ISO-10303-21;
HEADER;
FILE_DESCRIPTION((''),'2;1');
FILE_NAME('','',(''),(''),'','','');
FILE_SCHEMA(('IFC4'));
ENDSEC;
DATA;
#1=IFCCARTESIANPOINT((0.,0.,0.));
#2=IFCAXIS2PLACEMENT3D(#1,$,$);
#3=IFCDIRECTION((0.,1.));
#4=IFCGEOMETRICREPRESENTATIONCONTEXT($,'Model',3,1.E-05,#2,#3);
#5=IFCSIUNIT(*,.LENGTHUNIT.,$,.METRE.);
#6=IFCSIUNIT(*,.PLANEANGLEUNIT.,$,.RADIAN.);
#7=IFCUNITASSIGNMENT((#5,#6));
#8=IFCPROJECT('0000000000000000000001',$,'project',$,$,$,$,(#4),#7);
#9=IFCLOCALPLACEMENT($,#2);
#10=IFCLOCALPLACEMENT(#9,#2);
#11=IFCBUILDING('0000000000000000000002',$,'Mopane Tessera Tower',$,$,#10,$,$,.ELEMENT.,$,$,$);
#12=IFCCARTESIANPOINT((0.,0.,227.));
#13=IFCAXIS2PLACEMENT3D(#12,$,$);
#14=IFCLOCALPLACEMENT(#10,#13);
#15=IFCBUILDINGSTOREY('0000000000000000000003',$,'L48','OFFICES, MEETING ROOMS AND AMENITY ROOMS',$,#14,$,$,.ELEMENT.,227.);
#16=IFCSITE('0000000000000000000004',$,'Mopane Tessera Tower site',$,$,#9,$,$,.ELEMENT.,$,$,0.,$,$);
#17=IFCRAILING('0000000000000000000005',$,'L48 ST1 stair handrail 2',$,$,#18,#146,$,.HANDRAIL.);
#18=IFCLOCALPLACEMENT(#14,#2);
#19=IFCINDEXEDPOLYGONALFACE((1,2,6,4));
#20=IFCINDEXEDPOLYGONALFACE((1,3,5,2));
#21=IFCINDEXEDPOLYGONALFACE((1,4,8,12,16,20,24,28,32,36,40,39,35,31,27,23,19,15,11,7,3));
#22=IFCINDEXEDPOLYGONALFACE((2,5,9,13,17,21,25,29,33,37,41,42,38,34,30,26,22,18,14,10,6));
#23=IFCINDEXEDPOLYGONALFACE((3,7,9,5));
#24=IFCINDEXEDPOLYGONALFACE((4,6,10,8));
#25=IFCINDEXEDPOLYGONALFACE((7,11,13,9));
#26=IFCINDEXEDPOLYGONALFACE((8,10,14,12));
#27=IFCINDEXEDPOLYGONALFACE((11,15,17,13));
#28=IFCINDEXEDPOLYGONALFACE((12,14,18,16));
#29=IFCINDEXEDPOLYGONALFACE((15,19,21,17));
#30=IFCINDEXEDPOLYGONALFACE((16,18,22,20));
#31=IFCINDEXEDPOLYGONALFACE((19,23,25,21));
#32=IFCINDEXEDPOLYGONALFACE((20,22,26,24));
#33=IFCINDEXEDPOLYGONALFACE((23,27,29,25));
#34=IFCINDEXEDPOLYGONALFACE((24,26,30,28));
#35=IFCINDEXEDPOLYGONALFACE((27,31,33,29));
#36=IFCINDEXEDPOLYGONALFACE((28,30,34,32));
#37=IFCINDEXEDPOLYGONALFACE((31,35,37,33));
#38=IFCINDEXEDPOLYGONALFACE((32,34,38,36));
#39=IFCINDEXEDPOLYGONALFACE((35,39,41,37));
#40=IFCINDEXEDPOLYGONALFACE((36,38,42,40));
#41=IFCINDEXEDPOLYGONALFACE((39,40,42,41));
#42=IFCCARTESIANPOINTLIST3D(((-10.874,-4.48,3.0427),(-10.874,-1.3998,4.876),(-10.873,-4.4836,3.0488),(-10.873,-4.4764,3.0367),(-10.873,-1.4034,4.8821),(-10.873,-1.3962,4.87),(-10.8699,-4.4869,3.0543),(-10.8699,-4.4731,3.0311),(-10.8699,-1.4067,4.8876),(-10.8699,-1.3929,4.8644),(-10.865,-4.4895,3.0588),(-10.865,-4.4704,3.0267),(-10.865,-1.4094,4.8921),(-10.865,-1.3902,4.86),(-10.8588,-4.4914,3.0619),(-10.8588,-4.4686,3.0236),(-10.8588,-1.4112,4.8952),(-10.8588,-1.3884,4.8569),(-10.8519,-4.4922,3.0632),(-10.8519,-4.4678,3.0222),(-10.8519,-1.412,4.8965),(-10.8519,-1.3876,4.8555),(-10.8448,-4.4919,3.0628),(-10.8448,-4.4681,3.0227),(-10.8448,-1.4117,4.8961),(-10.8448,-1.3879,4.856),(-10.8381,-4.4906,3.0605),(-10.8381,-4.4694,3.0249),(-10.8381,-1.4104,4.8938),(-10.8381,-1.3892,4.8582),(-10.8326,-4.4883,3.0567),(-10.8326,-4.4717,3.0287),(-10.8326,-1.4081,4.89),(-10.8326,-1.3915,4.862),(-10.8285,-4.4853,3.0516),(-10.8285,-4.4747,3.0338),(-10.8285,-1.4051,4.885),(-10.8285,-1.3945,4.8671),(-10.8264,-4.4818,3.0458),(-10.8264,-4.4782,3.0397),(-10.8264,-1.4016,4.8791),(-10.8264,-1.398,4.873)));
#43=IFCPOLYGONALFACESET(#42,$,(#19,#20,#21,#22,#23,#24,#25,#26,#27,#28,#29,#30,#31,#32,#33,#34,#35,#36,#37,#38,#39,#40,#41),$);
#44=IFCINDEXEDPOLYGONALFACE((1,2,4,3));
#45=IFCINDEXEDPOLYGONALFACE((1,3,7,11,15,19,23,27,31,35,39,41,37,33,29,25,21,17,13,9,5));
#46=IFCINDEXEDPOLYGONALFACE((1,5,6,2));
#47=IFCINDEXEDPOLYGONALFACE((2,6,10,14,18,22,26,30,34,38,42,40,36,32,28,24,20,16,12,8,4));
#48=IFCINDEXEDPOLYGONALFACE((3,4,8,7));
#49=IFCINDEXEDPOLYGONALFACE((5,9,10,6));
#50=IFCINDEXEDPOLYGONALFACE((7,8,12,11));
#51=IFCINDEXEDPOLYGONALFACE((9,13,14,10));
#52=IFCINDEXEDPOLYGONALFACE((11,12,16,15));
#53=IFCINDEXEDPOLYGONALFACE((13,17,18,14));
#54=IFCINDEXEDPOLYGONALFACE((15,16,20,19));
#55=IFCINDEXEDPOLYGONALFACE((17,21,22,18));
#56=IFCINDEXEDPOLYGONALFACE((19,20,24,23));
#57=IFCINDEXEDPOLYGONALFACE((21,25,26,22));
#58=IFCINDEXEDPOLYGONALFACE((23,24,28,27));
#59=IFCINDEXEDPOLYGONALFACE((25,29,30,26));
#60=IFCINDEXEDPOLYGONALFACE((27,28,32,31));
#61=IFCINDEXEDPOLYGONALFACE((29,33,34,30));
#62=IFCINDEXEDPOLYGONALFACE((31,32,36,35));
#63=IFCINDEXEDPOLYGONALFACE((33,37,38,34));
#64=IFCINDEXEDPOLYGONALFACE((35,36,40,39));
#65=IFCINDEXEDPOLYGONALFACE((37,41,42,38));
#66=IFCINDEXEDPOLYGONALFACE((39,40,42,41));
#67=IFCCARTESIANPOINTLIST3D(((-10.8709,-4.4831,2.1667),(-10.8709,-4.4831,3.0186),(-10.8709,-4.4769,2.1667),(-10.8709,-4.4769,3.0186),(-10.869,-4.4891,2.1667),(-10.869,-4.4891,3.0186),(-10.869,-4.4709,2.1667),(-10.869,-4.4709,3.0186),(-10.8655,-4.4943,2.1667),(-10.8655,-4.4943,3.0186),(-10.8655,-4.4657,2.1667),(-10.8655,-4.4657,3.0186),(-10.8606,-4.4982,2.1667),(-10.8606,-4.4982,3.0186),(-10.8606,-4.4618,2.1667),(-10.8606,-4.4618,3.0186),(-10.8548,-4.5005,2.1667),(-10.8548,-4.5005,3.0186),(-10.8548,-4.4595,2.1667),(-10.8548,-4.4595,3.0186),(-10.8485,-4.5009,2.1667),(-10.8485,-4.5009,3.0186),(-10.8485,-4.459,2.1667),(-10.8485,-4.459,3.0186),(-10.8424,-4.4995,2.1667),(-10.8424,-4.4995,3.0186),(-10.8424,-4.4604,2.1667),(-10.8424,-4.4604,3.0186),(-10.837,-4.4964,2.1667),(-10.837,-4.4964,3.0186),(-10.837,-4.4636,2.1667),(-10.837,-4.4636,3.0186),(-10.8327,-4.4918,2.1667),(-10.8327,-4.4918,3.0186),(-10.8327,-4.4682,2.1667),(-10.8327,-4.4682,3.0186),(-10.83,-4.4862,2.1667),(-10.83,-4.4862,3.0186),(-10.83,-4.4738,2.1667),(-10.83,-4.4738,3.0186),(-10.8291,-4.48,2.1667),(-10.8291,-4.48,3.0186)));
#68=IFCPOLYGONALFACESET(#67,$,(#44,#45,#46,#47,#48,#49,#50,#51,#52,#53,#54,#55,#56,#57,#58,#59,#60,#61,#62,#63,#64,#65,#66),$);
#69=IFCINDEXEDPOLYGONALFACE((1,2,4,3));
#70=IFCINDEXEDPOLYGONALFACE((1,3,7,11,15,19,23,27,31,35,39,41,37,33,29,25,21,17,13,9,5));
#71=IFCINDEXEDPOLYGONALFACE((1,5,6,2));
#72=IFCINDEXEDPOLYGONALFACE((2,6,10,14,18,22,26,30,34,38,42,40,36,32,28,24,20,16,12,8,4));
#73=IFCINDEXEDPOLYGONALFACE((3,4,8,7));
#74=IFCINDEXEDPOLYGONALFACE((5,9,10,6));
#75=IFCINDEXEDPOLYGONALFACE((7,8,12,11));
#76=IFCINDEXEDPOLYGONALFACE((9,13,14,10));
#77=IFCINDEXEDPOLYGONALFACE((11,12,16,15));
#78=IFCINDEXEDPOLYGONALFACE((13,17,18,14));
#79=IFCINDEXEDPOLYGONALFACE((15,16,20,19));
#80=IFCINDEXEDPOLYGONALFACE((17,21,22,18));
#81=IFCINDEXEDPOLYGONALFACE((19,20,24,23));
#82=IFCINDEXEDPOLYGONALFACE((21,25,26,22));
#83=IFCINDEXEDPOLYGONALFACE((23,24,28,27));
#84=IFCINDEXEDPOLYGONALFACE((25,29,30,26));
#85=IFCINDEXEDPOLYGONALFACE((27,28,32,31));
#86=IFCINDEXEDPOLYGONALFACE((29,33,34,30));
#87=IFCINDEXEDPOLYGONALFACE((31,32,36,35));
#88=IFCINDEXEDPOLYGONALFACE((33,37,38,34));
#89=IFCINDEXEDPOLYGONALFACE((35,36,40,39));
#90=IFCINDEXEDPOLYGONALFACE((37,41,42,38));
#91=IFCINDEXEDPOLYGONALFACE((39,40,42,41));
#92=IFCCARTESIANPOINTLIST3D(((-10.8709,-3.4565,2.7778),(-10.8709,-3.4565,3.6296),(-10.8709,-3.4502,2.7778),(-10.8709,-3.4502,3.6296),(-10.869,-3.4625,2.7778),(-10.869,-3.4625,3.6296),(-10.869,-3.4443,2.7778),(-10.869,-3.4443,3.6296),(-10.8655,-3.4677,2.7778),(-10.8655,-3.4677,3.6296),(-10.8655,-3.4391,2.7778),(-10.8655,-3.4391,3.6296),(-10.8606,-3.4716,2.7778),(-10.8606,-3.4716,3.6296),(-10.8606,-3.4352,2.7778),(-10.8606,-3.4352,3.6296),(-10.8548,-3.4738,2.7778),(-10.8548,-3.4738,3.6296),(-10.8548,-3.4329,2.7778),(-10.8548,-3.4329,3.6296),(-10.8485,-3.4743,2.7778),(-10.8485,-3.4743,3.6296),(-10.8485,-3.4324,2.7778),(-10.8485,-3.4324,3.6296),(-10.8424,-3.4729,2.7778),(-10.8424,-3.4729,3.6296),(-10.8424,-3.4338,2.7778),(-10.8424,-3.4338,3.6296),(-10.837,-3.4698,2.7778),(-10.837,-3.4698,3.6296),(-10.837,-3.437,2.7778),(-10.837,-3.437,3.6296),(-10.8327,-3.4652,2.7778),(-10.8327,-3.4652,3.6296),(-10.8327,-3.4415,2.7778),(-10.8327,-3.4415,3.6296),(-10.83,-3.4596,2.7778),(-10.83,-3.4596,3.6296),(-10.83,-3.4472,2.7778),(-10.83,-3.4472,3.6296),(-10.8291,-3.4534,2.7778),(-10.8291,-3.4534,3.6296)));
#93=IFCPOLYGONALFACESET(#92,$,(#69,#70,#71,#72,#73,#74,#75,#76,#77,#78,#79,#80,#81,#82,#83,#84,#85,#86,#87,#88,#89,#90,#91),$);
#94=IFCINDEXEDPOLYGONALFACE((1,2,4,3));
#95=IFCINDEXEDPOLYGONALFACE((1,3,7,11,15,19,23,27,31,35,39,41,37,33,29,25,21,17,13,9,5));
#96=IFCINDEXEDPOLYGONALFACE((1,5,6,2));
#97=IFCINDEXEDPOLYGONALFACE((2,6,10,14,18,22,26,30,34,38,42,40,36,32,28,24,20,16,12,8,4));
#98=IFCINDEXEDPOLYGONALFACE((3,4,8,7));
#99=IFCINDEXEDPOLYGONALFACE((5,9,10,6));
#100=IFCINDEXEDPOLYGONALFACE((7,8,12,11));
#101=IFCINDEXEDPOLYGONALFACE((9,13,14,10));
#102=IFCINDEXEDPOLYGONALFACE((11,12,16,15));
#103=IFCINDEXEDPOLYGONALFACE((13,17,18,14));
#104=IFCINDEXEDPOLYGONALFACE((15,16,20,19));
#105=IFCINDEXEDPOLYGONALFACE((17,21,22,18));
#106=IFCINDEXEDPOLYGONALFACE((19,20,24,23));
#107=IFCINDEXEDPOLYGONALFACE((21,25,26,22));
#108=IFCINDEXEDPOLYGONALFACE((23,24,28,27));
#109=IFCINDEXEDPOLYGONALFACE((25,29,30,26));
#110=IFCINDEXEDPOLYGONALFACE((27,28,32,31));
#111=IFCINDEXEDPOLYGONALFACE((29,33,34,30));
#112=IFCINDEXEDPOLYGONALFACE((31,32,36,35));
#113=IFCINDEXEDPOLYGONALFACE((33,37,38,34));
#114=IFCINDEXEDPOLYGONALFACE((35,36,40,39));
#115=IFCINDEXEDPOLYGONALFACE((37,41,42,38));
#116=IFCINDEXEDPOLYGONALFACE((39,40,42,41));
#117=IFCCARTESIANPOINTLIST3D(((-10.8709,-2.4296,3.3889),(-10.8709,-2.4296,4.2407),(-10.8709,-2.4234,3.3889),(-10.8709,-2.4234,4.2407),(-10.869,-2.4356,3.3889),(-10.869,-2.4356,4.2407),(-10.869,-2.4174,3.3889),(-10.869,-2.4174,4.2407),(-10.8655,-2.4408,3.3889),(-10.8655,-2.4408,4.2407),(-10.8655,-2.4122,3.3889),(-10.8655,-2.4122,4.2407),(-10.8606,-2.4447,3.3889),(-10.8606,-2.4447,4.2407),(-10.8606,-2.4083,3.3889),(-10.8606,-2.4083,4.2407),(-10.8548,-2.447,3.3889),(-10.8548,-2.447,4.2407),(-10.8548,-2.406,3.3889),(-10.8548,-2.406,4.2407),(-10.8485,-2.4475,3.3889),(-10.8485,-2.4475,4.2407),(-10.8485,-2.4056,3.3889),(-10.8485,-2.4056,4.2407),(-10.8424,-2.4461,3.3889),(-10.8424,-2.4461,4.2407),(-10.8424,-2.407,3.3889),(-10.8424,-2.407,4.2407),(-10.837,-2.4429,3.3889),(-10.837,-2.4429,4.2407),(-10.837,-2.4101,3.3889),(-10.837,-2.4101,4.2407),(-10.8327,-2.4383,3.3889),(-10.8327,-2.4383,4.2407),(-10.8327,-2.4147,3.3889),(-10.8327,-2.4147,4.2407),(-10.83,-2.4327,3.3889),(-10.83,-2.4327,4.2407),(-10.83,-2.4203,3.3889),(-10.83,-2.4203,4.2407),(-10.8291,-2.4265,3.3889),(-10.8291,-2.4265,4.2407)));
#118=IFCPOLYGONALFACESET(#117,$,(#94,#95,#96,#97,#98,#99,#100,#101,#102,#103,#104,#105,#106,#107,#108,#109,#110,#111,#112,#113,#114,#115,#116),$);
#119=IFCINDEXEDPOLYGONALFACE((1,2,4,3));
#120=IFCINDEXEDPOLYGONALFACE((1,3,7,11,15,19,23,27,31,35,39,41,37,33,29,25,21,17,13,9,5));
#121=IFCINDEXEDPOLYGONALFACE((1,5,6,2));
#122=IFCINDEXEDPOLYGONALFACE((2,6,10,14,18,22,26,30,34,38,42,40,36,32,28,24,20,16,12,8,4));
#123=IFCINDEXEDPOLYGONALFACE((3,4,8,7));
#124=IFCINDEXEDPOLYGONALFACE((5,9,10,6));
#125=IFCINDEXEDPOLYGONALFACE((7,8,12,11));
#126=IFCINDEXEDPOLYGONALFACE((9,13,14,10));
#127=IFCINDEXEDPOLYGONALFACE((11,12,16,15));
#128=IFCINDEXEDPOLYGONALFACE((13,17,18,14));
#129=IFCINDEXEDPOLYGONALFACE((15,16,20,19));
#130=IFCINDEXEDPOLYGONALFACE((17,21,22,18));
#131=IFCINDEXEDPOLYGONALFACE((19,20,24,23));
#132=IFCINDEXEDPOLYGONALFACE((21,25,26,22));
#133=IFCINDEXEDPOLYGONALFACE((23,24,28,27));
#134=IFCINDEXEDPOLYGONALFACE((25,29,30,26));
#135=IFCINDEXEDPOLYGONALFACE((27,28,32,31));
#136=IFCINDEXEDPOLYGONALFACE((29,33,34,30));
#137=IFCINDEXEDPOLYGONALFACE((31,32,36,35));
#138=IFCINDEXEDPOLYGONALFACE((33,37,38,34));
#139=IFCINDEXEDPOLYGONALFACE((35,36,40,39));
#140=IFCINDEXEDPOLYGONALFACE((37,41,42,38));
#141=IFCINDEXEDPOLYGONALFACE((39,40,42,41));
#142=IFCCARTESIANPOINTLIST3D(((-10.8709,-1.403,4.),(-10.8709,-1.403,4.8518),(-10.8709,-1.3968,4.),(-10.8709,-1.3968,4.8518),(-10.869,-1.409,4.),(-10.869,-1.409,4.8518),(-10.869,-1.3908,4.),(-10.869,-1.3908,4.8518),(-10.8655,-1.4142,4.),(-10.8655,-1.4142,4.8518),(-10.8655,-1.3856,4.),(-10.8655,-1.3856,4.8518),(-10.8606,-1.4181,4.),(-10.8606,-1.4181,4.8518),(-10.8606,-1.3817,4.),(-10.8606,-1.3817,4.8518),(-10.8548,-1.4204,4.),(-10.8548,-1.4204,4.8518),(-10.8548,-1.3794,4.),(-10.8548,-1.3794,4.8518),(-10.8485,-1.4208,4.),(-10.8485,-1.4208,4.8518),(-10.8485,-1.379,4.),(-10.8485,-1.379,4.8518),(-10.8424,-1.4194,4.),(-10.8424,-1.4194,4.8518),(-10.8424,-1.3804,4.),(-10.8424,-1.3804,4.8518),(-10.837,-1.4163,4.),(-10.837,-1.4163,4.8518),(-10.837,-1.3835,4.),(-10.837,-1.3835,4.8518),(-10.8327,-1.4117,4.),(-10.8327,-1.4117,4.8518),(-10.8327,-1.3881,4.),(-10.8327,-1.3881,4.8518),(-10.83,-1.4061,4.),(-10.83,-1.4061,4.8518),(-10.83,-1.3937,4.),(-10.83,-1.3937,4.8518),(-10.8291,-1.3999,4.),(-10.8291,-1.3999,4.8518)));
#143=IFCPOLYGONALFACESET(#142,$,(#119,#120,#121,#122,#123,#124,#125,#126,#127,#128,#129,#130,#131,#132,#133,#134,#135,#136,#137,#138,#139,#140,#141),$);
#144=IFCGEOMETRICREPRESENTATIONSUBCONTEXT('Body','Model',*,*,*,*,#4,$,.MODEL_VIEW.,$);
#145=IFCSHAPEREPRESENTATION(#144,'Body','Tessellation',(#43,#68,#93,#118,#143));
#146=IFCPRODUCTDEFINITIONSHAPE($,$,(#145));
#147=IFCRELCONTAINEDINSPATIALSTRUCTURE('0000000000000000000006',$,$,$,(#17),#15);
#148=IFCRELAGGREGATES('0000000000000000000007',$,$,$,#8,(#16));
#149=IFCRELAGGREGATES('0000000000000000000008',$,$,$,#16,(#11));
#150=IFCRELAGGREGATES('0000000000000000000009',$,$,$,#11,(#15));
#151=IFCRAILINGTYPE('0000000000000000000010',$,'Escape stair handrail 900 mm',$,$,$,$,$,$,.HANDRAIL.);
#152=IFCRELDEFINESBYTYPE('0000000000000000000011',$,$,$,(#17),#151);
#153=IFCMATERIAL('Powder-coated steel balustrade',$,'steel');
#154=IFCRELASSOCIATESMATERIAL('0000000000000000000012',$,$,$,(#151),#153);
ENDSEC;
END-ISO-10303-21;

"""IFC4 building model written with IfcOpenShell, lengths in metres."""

from ifc_helpers import new_model, si_unit, direction, frame, origin, origin_2d, place, context, subcontext, project, spatial, circle, extrude, material, type_object, element, save


model = new_model("IFC4")

# Units and contexts
model_context = context("Model", 3, precision=1e-05, world=origin(), true_north=direction((0.0, 1.0)))
body_context = subcontext(model_context, "Body", "Model", "MODEL_VIEW")
ifc_project = project(units=[si_unit("LENGTHUNIT", "METRE"), si_unit("PLANEANGLEUNIT", "RADIAN")], contexts=[model_context])

# Site, building, storey
site_placement = place(None, origin())
site = spatial("IfcSite", under=ifc_project, at=site_placement, Name="Mopane Tessera Tower site", CompositionType="ELEMENT", RefElevation=0.0)
building_placement = place(site_placement, origin())
building = spatial("IfcBuilding", under=site, at=building_placement, Name="Mopane Tessera Tower", CompositionType="ELEMENT")
storey_placement = place(building_placement, frame((0.0, 0.0, 227.0)))
storey = spatial("IfcBuildingStorey", under=building, at=storey_placement, Name="L48", Description="OFFICES, MEETING ROOMS AND AMENITY ROOMS", CompositionType="ELEMENT", Elevation=227.0)

# Railing
ifc_material_1 = material(Name="Powder-coated steel balustrade", Category="steel")
railing_type_1 = type_object("IfcRailingType", Name="Escape stair handrail 900 mm", PredefinedType="HANDRAIL", material=ifc_material_1)
railing_1_placement = place(storey_placement, frame((-10.8501, -4.48, 2.1667)))
element("IfcRailing", 1, at=railing_1_placement, inside=storey, type_object=railing_type_1, Name="L48 ST1 stair handrail 2", PredefinedType="HANDRAIL", context=body_context, shape_type="SweptSolid", body=[
    extrude(circle(Radius=0.0239, at=origin_2d()), frame((0.0, 0.0, 0.876), z_axis=(0.0, 0.859309, 0.511458), x_axis=(-1.0, 0.0, 0.0)), (0.0, 0.0, 1.0), 3.5845),
    extrude(circle(Radius=0.021, at=origin_2d()), origin(), (0.0, 0.0, 1.0), 0.8518),
    extrude(circle(Radius=0.021, at=origin_2d()), frame((0.0, 1.0266, 0.6111)), (0.0, 0.0, 1.0), 0.8518),
    extrude(circle(Radius=0.021, at=origin_2d()), frame((0.0, 2.0535, 1.2222)), (0.0, 0.0, 1.0), 0.8518),
    extrude(circle(Radius=0.021, at=origin_2d()), frame((0.0, 3.0801, 1.8333)), (0.0, 0.0, 1.0), 0.8518),
])

save(model, "model.ifc")
